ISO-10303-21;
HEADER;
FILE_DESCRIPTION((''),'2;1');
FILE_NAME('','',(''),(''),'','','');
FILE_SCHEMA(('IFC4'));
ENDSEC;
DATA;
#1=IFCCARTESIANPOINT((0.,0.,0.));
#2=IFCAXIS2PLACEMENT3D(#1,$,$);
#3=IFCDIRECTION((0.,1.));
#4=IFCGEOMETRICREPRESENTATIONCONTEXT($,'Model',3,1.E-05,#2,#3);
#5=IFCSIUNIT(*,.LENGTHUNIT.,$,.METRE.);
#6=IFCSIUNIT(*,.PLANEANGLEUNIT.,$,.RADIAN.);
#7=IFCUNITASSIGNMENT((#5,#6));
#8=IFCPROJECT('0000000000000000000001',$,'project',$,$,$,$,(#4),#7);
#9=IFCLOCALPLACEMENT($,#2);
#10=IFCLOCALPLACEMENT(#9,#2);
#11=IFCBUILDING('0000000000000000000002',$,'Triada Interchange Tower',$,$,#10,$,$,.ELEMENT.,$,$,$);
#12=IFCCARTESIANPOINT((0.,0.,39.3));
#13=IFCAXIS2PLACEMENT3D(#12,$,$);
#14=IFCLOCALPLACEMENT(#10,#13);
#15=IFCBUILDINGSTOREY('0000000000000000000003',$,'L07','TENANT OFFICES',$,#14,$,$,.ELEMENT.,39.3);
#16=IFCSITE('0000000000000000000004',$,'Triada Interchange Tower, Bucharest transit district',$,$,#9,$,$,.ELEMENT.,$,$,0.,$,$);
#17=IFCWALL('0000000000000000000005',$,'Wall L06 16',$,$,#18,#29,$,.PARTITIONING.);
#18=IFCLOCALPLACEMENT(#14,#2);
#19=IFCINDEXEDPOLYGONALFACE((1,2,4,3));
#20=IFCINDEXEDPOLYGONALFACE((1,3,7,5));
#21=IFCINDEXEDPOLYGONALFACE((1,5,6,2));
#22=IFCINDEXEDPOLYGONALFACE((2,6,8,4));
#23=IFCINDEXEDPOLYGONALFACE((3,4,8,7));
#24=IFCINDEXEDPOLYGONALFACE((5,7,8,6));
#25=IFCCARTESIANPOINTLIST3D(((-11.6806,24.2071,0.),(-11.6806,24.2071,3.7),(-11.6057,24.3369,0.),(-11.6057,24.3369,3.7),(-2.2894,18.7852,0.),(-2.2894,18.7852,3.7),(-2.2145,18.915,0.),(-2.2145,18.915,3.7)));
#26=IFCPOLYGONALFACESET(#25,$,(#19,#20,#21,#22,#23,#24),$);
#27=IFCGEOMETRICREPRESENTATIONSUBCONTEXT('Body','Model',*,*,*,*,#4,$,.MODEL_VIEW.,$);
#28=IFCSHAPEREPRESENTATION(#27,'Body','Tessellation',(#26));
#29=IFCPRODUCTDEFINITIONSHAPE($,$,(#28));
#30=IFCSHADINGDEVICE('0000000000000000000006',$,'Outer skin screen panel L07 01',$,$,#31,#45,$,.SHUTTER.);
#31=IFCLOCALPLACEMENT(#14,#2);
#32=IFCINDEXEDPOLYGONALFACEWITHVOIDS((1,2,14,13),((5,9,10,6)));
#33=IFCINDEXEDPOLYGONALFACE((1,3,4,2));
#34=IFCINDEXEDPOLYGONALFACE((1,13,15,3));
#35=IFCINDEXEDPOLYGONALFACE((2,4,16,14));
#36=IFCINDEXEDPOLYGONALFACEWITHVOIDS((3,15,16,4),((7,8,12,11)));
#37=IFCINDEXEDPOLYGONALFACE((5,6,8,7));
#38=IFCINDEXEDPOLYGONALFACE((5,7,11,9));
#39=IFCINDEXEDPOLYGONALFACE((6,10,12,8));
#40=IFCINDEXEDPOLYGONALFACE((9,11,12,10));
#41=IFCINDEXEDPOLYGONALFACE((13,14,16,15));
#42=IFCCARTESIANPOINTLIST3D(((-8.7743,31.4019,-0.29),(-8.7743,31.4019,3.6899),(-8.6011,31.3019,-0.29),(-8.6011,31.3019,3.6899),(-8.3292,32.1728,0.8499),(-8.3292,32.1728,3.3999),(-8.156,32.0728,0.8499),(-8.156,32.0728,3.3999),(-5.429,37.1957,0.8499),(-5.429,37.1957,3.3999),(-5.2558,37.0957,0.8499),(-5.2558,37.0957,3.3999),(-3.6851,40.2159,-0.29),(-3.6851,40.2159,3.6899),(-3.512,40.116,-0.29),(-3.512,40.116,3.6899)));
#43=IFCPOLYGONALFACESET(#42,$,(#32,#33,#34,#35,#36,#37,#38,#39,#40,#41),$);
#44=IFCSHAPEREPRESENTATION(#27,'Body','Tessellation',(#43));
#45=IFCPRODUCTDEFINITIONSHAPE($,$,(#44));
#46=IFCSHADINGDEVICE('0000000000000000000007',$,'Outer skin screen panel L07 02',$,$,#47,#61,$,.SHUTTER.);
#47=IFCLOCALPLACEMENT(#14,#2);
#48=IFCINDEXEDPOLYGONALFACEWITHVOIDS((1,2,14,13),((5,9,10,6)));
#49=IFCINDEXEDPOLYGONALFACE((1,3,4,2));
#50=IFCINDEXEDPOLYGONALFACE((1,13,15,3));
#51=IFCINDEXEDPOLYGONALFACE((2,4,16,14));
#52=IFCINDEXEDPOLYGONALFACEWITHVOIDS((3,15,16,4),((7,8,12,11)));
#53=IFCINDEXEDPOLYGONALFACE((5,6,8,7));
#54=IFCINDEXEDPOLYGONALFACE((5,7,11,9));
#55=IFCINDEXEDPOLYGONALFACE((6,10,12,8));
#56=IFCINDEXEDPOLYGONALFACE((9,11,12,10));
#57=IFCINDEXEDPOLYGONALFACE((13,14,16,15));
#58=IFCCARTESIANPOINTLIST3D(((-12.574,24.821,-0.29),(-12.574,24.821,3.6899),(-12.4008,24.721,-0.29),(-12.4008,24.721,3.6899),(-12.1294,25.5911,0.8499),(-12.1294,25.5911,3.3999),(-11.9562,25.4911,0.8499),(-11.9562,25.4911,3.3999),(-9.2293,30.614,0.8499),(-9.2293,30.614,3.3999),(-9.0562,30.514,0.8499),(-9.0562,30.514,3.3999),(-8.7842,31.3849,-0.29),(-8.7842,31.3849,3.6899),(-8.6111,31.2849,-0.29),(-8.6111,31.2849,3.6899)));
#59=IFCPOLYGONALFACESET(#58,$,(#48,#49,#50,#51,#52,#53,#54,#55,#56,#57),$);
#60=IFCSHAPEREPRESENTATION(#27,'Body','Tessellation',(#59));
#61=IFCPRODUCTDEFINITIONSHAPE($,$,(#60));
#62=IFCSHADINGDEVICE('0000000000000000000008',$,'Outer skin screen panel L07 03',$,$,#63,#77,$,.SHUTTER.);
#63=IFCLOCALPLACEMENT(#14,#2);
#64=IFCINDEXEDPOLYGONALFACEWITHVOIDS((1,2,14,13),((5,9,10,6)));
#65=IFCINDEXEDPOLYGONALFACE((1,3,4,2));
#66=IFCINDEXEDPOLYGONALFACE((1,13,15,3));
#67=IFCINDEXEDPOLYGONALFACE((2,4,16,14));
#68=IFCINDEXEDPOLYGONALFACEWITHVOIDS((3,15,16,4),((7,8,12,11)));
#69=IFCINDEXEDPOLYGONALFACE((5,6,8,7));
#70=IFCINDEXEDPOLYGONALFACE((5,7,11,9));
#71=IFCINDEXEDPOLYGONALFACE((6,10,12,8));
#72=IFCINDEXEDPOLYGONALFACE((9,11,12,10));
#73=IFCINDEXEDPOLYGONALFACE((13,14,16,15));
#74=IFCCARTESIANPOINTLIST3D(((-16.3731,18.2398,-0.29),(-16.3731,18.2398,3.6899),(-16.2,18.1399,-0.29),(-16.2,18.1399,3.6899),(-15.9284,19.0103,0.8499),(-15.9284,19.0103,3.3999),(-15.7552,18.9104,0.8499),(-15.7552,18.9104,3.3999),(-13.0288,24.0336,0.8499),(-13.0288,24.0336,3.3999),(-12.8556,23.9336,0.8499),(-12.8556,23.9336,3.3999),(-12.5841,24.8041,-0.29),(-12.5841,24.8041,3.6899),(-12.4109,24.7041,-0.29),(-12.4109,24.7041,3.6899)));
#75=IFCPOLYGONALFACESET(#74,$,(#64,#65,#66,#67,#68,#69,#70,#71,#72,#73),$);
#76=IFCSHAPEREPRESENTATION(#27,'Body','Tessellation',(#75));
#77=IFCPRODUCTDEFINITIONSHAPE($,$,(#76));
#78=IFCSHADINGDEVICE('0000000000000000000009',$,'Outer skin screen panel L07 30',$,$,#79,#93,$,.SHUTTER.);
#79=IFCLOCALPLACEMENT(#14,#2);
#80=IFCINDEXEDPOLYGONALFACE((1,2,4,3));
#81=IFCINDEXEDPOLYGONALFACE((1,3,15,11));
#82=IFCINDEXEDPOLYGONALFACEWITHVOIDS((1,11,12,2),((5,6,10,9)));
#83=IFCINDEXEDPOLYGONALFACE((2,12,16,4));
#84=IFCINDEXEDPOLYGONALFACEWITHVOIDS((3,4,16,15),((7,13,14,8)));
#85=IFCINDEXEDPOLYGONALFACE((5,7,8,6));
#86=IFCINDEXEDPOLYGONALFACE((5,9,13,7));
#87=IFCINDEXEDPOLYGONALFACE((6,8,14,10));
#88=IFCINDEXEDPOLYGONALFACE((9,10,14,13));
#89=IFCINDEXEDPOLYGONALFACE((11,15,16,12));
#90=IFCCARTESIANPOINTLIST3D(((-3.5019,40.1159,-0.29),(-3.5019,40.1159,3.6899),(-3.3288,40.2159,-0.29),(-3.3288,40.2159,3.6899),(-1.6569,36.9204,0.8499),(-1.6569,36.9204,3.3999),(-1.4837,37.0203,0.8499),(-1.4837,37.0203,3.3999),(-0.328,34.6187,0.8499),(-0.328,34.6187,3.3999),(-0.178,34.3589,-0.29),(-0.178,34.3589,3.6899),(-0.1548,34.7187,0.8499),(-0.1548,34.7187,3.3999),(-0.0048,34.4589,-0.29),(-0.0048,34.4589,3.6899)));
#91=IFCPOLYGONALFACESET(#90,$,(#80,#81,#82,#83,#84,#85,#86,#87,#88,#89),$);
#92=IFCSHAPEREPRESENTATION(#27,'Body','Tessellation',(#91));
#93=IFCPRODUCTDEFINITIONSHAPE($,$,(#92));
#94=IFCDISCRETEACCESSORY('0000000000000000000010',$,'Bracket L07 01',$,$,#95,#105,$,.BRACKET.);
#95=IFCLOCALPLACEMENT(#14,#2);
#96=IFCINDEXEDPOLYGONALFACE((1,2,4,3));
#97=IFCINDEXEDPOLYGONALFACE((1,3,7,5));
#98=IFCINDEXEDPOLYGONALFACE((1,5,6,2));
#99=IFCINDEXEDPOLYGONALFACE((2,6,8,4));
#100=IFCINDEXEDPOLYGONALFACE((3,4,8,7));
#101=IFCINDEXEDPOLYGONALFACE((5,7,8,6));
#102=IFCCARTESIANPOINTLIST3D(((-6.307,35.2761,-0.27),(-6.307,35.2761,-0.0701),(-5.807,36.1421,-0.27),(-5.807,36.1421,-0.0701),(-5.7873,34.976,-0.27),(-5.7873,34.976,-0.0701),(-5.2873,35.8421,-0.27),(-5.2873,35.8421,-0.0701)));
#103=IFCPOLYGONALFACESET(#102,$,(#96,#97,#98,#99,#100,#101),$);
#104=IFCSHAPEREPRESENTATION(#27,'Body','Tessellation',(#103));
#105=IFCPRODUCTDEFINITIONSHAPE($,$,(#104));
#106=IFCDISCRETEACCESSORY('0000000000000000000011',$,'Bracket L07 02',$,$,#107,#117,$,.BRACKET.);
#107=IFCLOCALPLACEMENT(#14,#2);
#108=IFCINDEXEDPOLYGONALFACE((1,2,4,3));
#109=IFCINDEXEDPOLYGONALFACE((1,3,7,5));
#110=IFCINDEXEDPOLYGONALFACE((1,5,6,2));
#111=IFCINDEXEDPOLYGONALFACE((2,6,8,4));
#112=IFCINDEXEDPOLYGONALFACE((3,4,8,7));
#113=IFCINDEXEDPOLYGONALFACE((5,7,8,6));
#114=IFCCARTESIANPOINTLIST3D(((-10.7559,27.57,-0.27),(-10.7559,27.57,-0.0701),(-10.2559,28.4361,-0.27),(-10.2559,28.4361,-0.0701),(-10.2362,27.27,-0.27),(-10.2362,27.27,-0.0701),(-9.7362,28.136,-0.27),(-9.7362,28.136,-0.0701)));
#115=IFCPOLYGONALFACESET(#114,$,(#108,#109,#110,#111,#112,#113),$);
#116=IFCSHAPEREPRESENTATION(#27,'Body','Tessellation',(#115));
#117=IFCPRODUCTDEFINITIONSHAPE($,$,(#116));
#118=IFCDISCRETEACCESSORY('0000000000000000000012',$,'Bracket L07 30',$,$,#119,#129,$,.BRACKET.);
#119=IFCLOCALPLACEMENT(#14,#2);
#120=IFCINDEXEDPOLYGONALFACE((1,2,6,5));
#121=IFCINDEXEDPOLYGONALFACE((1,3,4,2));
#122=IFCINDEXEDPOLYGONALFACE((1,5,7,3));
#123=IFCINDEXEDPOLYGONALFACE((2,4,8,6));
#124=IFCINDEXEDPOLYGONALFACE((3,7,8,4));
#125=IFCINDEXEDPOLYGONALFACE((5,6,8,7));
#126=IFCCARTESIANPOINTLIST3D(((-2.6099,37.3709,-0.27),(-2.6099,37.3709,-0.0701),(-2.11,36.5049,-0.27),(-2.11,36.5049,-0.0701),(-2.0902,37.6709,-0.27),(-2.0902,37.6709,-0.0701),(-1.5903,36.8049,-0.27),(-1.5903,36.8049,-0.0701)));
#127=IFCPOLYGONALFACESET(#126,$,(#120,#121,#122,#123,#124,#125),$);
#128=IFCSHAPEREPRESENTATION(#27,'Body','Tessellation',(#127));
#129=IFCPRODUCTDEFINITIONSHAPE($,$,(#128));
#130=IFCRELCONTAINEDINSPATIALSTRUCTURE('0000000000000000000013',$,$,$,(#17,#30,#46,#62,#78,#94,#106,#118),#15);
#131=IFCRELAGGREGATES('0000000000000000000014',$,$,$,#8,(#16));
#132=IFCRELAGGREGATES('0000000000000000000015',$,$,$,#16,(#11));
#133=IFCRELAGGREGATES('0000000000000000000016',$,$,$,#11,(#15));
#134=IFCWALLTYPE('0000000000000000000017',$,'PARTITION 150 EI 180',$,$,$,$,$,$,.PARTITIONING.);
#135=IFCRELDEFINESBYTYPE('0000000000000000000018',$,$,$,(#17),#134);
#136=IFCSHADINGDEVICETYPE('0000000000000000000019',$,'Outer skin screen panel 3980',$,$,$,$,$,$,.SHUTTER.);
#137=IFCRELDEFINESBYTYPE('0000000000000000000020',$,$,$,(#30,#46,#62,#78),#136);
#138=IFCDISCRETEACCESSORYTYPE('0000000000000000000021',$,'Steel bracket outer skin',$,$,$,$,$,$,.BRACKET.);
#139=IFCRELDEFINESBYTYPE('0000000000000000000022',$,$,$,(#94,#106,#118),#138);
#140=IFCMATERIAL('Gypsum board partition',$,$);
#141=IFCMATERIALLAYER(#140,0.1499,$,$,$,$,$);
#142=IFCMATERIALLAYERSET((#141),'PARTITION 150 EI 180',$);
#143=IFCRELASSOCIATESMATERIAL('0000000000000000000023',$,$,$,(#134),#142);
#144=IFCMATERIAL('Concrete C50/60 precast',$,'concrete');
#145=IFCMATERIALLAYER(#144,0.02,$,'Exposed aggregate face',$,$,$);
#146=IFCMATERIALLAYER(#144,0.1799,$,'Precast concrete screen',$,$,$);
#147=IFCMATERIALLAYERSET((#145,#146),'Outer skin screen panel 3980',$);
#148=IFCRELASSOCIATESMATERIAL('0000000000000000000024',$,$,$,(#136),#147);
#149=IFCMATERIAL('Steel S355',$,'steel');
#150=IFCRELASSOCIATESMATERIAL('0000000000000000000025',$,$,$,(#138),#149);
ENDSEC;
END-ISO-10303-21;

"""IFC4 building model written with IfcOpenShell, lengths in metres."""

from ifc_helpers import new_model, si_unit, direction, frame, frame_2d, origin, origin_2d, place, context, subcontext, project, spatial, polyline, rectangle, outline, extrude, material, layer, layer_set, type_object, element, save


model = new_model("IFC4")

# Units and contexts
model_context = context("Model", 3, precision=1e-05, world=origin(), true_north=direction((0.0, 1.0)))
body_context = subcontext(model_context, "Body", "Model", "MODEL_VIEW")
ifc_project = project(units=[si_unit("LENGTHUNIT", "METRE"), si_unit("PLANEANGLEUNIT", "RADIAN")], contexts=[model_context])

# Site, building, storey
site_placement = place(None, origin())
site = spatial("IfcSite", under=ifc_project, at=site_placement, Name="Triada Interchange Tower, Bucharest transit district", CompositionType="ELEMENT", RefElevation=0.0)
building_placement = place(site_placement, origin())
building = spatial("IfcBuilding", under=site, at=building_placement, Name="Triada Interchange Tower", CompositionType="ELEMENT")
storey_placement = place(building_placement, frame((0.0, 0.0, 39.3)))
storey = spatial("IfcBuildingStorey", under=building, at=storey_placement, Name="L07", Description="TENANT OFFICES", CompositionType="ELEMENT", Elevation=39.3)

# Wall
ifc_material_1 = material(Name="Gypsum board partition")
ifc_layer_1 = layer(ifc_material_1, 0.1499)
ifc_layer_set_1 = layer_set([ifc_layer_1], Name="PARTITION 150 EI 180")
wall_type_1 = type_object("IfcWallType", Name="PARTITION 150 EI 180", PredefinedType="PARTITIONING", material=ifc_layer_set_1)
wall_1_placement = place(storey_placement, frame((-11.6431, 24.272, 0.0), z_axis=(0.0, 0.0, 1.0), x_axis=(0.866029, -0.499994, 0.0)))
element("IfcWall", 1, at=wall_1_placement, inside=storey, type_object=wall_type_1, Name="Wall L06 16", PredefinedType="PARTITIONING", context=body_context, shape_type="SweptSolid", body=[
    extrude(rectangle(XDim=10.844, YDim=0.1499, at=frame_2d((5.4219, 0.0))), origin(), (0.0, 0.0, 1.0), 3.7),
])

# Shading devices
ifc_material_2 = material(Name="Concrete C50/60 precast", Category="concrete")
ifc_layer_2 = layer(ifc_material_2, 0.02, Name="Exposed aggregate face")
ifc_layer_3 = layer(ifc_material_2, 0.1799, Name="Precast concrete screen")
ifc_layer_set_2 = layer_set([ifc_layer_2, ifc_layer_3], Name="Outer skin screen panel 3980")
shading_device_type = type_object("IfcShadingDeviceType", Name="Outer skin screen panel 3980", PredefinedType="SHUTTER", material=ifc_layer_set_2)
shading_device_1_placement = place(storey_placement, frame((-3.512, 40.116, -0.29), z_axis=(0.0, 0.0, 1.0), x_axis=(-0.500027, -0.86601, 0.0)))
element("IfcShadingDevice", 2, at=shading_device_1_placement, inside=storey, type_object=shading_device_type, Name="Outer skin screen panel L07 01", PredefinedType="SHUTTER", context=body_context, shape_type="SweptSolid", body=[
    extrude(outline(polyline([(0.0, 0.0), (10.1777, 0.0), (10.1777, 3.98), (0.0, 3.98), (0.0, 0.0)]), holes=[polyline([(3.4875, 1.1399), (3.4875, 3.6899), (9.2876, 3.6899), (9.2876, 1.1399), (3.4875, 1.1399)])]), frame((0.0, 0.0, 0.0), z_axis=(0.0, -1.0, 0.0), x_axis=(1.0, 0.0, 0.0)), (0.0, 0.0, 1.0), 0.2),
])
shading_device_2_placement = place(storey_placement, frame((-8.6111, 31.2849, -0.29), z_axis=(0.0, 0.0, 1.0), x_axis=(-0.500009, -0.86602, 0.0)))
element("IfcShadingDevice", 3, at=shading_device_2_placement, inside=storey, type_object=shading_device_type, Name="Outer skin screen panel L07 02", PredefinedType="SHUTTER", context=body_context, shape_type="SweptSolid", body=[
    extrude(outline(polyline([(0.0, 0.0), (7.5793, 0.0), (7.5793, 3.98), (0.0, 3.98), (0.0, 0.0)]), holes=[polyline([(0.8901, 1.1399), (0.8901, 3.6899), (6.6902, 3.6899), (6.6902, 1.1399), (0.8901, 1.1399)])]), frame((0.0, 0.0, 0.0), z_axis=(0.0, -1.0, 0.0), x_axis=(1.0, 0.0, 0.0)), (0.0, 0.0, 1.0), 0.2),
])
shading_device_3_placement = place(storey_placement, frame((-12.4109, 24.7041, -0.29), z_axis=(0.0, 0.0, 1.0), x_axis=(-0.499922, -0.86607, 0.0)))
element("IfcShadingDevice", 4, at=shading_device_3_placement, inside=storey, type_object=shading_device_type, Name="Outer skin screen panel L07 03", PredefinedType="SHUTTER", context=body_context, shape_type="SweptSolid", body=[
    extrude(outline(polyline([(0.0, 0.0), (7.5793, 0.0), (7.5793, 3.98), (0.0, 3.98), (0.0, 0.0)]), holes=[polyline([(0.8896, 1.1399), (0.8896, 3.6899), (6.6897, 3.6899), (6.6897, 1.1399), (0.8896, 1.1399)])]), frame((0.0, 0.0, 0.0), z_axis=(0.0, -1.0, 0.0), x_axis=(1.0, 0.0, 0.0)), (0.0, 0.0, 1.0), 0.2),
])
shading_device_4_placement = place(storey_placement, frame((-0.178, 34.3589, -0.29), z_axis=(0.0, 0.0, 1.0), x_axis=(-0.500014, 0.866017, 0.0)))
element("IfcShadingDevice", 5, at=shading_device_4_placement, inside=storey, type_object=shading_device_type, Name="Outer skin screen panel L07 30", PredefinedType="SHUTTER", context=body_context, shape_type="SweptSolid", body=[
    extrude(outline(polyline([(0.0, 0.0), (6.6477, 0.0), (6.6477, 3.98), (0.0, 3.98), (0.0, 0.0)]), holes=[polyline([(0.3, 1.1399), (0.3, 3.6899), (2.9578, 3.6899), (2.9578, 1.1399), (0.3, 1.1399)])]), frame((0.0, 0.0, 0.0), z_axis=(0.0, -1.0, 0.0), x_axis=(1.0, 0.0, 0.0)), (0.0, 0.0, 1.0), 0.2),
])

# Discrete accessories
ifc_material_3 = material(Name="Steel S355", Category="steel")
discrete_accessory_type = type_object("IfcDiscreteAccessoryType", Name="Steel bracket outer skin", PredefinedType="BRACKET", material=ifc_material_3)
for number, where, z_axis, x_axis, name in (
    (6, (-5.7971, 35.5591, -0.27), (0.0, 0.0, 1.0), (-0.866021, 0.500008, 0.0), "Bracket L07 01"),
    (7, (-10.2461, 27.853, -0.27), (0.0, 0.0, 1.0), (-0.866021, 0.500008, 0.0), "Bracket L07 02"),
    (8, (-2.1001, 37.0879, -0.27), (0.0, 0.0, 1.0), (0.86605, 0.499957, 0.0), "Bracket L07 30"),
):
    element("IfcDiscreteAccessory", number, at=place(storey_placement, frame(where, z_axis=z_axis, x_axis=x_axis)), inside=storey, type_object=discrete_accessory_type, Name=name, PredefinedType="BRACKET", context=body_context, shape_type="SweptSolid", body=[
        extrude(rectangle(XDim=0.6001, YDim=1.0, at=origin_2d()), origin(), (0.0, 0.0, 1.0), 0.2),
    ])

save(model, "model.ifc")
